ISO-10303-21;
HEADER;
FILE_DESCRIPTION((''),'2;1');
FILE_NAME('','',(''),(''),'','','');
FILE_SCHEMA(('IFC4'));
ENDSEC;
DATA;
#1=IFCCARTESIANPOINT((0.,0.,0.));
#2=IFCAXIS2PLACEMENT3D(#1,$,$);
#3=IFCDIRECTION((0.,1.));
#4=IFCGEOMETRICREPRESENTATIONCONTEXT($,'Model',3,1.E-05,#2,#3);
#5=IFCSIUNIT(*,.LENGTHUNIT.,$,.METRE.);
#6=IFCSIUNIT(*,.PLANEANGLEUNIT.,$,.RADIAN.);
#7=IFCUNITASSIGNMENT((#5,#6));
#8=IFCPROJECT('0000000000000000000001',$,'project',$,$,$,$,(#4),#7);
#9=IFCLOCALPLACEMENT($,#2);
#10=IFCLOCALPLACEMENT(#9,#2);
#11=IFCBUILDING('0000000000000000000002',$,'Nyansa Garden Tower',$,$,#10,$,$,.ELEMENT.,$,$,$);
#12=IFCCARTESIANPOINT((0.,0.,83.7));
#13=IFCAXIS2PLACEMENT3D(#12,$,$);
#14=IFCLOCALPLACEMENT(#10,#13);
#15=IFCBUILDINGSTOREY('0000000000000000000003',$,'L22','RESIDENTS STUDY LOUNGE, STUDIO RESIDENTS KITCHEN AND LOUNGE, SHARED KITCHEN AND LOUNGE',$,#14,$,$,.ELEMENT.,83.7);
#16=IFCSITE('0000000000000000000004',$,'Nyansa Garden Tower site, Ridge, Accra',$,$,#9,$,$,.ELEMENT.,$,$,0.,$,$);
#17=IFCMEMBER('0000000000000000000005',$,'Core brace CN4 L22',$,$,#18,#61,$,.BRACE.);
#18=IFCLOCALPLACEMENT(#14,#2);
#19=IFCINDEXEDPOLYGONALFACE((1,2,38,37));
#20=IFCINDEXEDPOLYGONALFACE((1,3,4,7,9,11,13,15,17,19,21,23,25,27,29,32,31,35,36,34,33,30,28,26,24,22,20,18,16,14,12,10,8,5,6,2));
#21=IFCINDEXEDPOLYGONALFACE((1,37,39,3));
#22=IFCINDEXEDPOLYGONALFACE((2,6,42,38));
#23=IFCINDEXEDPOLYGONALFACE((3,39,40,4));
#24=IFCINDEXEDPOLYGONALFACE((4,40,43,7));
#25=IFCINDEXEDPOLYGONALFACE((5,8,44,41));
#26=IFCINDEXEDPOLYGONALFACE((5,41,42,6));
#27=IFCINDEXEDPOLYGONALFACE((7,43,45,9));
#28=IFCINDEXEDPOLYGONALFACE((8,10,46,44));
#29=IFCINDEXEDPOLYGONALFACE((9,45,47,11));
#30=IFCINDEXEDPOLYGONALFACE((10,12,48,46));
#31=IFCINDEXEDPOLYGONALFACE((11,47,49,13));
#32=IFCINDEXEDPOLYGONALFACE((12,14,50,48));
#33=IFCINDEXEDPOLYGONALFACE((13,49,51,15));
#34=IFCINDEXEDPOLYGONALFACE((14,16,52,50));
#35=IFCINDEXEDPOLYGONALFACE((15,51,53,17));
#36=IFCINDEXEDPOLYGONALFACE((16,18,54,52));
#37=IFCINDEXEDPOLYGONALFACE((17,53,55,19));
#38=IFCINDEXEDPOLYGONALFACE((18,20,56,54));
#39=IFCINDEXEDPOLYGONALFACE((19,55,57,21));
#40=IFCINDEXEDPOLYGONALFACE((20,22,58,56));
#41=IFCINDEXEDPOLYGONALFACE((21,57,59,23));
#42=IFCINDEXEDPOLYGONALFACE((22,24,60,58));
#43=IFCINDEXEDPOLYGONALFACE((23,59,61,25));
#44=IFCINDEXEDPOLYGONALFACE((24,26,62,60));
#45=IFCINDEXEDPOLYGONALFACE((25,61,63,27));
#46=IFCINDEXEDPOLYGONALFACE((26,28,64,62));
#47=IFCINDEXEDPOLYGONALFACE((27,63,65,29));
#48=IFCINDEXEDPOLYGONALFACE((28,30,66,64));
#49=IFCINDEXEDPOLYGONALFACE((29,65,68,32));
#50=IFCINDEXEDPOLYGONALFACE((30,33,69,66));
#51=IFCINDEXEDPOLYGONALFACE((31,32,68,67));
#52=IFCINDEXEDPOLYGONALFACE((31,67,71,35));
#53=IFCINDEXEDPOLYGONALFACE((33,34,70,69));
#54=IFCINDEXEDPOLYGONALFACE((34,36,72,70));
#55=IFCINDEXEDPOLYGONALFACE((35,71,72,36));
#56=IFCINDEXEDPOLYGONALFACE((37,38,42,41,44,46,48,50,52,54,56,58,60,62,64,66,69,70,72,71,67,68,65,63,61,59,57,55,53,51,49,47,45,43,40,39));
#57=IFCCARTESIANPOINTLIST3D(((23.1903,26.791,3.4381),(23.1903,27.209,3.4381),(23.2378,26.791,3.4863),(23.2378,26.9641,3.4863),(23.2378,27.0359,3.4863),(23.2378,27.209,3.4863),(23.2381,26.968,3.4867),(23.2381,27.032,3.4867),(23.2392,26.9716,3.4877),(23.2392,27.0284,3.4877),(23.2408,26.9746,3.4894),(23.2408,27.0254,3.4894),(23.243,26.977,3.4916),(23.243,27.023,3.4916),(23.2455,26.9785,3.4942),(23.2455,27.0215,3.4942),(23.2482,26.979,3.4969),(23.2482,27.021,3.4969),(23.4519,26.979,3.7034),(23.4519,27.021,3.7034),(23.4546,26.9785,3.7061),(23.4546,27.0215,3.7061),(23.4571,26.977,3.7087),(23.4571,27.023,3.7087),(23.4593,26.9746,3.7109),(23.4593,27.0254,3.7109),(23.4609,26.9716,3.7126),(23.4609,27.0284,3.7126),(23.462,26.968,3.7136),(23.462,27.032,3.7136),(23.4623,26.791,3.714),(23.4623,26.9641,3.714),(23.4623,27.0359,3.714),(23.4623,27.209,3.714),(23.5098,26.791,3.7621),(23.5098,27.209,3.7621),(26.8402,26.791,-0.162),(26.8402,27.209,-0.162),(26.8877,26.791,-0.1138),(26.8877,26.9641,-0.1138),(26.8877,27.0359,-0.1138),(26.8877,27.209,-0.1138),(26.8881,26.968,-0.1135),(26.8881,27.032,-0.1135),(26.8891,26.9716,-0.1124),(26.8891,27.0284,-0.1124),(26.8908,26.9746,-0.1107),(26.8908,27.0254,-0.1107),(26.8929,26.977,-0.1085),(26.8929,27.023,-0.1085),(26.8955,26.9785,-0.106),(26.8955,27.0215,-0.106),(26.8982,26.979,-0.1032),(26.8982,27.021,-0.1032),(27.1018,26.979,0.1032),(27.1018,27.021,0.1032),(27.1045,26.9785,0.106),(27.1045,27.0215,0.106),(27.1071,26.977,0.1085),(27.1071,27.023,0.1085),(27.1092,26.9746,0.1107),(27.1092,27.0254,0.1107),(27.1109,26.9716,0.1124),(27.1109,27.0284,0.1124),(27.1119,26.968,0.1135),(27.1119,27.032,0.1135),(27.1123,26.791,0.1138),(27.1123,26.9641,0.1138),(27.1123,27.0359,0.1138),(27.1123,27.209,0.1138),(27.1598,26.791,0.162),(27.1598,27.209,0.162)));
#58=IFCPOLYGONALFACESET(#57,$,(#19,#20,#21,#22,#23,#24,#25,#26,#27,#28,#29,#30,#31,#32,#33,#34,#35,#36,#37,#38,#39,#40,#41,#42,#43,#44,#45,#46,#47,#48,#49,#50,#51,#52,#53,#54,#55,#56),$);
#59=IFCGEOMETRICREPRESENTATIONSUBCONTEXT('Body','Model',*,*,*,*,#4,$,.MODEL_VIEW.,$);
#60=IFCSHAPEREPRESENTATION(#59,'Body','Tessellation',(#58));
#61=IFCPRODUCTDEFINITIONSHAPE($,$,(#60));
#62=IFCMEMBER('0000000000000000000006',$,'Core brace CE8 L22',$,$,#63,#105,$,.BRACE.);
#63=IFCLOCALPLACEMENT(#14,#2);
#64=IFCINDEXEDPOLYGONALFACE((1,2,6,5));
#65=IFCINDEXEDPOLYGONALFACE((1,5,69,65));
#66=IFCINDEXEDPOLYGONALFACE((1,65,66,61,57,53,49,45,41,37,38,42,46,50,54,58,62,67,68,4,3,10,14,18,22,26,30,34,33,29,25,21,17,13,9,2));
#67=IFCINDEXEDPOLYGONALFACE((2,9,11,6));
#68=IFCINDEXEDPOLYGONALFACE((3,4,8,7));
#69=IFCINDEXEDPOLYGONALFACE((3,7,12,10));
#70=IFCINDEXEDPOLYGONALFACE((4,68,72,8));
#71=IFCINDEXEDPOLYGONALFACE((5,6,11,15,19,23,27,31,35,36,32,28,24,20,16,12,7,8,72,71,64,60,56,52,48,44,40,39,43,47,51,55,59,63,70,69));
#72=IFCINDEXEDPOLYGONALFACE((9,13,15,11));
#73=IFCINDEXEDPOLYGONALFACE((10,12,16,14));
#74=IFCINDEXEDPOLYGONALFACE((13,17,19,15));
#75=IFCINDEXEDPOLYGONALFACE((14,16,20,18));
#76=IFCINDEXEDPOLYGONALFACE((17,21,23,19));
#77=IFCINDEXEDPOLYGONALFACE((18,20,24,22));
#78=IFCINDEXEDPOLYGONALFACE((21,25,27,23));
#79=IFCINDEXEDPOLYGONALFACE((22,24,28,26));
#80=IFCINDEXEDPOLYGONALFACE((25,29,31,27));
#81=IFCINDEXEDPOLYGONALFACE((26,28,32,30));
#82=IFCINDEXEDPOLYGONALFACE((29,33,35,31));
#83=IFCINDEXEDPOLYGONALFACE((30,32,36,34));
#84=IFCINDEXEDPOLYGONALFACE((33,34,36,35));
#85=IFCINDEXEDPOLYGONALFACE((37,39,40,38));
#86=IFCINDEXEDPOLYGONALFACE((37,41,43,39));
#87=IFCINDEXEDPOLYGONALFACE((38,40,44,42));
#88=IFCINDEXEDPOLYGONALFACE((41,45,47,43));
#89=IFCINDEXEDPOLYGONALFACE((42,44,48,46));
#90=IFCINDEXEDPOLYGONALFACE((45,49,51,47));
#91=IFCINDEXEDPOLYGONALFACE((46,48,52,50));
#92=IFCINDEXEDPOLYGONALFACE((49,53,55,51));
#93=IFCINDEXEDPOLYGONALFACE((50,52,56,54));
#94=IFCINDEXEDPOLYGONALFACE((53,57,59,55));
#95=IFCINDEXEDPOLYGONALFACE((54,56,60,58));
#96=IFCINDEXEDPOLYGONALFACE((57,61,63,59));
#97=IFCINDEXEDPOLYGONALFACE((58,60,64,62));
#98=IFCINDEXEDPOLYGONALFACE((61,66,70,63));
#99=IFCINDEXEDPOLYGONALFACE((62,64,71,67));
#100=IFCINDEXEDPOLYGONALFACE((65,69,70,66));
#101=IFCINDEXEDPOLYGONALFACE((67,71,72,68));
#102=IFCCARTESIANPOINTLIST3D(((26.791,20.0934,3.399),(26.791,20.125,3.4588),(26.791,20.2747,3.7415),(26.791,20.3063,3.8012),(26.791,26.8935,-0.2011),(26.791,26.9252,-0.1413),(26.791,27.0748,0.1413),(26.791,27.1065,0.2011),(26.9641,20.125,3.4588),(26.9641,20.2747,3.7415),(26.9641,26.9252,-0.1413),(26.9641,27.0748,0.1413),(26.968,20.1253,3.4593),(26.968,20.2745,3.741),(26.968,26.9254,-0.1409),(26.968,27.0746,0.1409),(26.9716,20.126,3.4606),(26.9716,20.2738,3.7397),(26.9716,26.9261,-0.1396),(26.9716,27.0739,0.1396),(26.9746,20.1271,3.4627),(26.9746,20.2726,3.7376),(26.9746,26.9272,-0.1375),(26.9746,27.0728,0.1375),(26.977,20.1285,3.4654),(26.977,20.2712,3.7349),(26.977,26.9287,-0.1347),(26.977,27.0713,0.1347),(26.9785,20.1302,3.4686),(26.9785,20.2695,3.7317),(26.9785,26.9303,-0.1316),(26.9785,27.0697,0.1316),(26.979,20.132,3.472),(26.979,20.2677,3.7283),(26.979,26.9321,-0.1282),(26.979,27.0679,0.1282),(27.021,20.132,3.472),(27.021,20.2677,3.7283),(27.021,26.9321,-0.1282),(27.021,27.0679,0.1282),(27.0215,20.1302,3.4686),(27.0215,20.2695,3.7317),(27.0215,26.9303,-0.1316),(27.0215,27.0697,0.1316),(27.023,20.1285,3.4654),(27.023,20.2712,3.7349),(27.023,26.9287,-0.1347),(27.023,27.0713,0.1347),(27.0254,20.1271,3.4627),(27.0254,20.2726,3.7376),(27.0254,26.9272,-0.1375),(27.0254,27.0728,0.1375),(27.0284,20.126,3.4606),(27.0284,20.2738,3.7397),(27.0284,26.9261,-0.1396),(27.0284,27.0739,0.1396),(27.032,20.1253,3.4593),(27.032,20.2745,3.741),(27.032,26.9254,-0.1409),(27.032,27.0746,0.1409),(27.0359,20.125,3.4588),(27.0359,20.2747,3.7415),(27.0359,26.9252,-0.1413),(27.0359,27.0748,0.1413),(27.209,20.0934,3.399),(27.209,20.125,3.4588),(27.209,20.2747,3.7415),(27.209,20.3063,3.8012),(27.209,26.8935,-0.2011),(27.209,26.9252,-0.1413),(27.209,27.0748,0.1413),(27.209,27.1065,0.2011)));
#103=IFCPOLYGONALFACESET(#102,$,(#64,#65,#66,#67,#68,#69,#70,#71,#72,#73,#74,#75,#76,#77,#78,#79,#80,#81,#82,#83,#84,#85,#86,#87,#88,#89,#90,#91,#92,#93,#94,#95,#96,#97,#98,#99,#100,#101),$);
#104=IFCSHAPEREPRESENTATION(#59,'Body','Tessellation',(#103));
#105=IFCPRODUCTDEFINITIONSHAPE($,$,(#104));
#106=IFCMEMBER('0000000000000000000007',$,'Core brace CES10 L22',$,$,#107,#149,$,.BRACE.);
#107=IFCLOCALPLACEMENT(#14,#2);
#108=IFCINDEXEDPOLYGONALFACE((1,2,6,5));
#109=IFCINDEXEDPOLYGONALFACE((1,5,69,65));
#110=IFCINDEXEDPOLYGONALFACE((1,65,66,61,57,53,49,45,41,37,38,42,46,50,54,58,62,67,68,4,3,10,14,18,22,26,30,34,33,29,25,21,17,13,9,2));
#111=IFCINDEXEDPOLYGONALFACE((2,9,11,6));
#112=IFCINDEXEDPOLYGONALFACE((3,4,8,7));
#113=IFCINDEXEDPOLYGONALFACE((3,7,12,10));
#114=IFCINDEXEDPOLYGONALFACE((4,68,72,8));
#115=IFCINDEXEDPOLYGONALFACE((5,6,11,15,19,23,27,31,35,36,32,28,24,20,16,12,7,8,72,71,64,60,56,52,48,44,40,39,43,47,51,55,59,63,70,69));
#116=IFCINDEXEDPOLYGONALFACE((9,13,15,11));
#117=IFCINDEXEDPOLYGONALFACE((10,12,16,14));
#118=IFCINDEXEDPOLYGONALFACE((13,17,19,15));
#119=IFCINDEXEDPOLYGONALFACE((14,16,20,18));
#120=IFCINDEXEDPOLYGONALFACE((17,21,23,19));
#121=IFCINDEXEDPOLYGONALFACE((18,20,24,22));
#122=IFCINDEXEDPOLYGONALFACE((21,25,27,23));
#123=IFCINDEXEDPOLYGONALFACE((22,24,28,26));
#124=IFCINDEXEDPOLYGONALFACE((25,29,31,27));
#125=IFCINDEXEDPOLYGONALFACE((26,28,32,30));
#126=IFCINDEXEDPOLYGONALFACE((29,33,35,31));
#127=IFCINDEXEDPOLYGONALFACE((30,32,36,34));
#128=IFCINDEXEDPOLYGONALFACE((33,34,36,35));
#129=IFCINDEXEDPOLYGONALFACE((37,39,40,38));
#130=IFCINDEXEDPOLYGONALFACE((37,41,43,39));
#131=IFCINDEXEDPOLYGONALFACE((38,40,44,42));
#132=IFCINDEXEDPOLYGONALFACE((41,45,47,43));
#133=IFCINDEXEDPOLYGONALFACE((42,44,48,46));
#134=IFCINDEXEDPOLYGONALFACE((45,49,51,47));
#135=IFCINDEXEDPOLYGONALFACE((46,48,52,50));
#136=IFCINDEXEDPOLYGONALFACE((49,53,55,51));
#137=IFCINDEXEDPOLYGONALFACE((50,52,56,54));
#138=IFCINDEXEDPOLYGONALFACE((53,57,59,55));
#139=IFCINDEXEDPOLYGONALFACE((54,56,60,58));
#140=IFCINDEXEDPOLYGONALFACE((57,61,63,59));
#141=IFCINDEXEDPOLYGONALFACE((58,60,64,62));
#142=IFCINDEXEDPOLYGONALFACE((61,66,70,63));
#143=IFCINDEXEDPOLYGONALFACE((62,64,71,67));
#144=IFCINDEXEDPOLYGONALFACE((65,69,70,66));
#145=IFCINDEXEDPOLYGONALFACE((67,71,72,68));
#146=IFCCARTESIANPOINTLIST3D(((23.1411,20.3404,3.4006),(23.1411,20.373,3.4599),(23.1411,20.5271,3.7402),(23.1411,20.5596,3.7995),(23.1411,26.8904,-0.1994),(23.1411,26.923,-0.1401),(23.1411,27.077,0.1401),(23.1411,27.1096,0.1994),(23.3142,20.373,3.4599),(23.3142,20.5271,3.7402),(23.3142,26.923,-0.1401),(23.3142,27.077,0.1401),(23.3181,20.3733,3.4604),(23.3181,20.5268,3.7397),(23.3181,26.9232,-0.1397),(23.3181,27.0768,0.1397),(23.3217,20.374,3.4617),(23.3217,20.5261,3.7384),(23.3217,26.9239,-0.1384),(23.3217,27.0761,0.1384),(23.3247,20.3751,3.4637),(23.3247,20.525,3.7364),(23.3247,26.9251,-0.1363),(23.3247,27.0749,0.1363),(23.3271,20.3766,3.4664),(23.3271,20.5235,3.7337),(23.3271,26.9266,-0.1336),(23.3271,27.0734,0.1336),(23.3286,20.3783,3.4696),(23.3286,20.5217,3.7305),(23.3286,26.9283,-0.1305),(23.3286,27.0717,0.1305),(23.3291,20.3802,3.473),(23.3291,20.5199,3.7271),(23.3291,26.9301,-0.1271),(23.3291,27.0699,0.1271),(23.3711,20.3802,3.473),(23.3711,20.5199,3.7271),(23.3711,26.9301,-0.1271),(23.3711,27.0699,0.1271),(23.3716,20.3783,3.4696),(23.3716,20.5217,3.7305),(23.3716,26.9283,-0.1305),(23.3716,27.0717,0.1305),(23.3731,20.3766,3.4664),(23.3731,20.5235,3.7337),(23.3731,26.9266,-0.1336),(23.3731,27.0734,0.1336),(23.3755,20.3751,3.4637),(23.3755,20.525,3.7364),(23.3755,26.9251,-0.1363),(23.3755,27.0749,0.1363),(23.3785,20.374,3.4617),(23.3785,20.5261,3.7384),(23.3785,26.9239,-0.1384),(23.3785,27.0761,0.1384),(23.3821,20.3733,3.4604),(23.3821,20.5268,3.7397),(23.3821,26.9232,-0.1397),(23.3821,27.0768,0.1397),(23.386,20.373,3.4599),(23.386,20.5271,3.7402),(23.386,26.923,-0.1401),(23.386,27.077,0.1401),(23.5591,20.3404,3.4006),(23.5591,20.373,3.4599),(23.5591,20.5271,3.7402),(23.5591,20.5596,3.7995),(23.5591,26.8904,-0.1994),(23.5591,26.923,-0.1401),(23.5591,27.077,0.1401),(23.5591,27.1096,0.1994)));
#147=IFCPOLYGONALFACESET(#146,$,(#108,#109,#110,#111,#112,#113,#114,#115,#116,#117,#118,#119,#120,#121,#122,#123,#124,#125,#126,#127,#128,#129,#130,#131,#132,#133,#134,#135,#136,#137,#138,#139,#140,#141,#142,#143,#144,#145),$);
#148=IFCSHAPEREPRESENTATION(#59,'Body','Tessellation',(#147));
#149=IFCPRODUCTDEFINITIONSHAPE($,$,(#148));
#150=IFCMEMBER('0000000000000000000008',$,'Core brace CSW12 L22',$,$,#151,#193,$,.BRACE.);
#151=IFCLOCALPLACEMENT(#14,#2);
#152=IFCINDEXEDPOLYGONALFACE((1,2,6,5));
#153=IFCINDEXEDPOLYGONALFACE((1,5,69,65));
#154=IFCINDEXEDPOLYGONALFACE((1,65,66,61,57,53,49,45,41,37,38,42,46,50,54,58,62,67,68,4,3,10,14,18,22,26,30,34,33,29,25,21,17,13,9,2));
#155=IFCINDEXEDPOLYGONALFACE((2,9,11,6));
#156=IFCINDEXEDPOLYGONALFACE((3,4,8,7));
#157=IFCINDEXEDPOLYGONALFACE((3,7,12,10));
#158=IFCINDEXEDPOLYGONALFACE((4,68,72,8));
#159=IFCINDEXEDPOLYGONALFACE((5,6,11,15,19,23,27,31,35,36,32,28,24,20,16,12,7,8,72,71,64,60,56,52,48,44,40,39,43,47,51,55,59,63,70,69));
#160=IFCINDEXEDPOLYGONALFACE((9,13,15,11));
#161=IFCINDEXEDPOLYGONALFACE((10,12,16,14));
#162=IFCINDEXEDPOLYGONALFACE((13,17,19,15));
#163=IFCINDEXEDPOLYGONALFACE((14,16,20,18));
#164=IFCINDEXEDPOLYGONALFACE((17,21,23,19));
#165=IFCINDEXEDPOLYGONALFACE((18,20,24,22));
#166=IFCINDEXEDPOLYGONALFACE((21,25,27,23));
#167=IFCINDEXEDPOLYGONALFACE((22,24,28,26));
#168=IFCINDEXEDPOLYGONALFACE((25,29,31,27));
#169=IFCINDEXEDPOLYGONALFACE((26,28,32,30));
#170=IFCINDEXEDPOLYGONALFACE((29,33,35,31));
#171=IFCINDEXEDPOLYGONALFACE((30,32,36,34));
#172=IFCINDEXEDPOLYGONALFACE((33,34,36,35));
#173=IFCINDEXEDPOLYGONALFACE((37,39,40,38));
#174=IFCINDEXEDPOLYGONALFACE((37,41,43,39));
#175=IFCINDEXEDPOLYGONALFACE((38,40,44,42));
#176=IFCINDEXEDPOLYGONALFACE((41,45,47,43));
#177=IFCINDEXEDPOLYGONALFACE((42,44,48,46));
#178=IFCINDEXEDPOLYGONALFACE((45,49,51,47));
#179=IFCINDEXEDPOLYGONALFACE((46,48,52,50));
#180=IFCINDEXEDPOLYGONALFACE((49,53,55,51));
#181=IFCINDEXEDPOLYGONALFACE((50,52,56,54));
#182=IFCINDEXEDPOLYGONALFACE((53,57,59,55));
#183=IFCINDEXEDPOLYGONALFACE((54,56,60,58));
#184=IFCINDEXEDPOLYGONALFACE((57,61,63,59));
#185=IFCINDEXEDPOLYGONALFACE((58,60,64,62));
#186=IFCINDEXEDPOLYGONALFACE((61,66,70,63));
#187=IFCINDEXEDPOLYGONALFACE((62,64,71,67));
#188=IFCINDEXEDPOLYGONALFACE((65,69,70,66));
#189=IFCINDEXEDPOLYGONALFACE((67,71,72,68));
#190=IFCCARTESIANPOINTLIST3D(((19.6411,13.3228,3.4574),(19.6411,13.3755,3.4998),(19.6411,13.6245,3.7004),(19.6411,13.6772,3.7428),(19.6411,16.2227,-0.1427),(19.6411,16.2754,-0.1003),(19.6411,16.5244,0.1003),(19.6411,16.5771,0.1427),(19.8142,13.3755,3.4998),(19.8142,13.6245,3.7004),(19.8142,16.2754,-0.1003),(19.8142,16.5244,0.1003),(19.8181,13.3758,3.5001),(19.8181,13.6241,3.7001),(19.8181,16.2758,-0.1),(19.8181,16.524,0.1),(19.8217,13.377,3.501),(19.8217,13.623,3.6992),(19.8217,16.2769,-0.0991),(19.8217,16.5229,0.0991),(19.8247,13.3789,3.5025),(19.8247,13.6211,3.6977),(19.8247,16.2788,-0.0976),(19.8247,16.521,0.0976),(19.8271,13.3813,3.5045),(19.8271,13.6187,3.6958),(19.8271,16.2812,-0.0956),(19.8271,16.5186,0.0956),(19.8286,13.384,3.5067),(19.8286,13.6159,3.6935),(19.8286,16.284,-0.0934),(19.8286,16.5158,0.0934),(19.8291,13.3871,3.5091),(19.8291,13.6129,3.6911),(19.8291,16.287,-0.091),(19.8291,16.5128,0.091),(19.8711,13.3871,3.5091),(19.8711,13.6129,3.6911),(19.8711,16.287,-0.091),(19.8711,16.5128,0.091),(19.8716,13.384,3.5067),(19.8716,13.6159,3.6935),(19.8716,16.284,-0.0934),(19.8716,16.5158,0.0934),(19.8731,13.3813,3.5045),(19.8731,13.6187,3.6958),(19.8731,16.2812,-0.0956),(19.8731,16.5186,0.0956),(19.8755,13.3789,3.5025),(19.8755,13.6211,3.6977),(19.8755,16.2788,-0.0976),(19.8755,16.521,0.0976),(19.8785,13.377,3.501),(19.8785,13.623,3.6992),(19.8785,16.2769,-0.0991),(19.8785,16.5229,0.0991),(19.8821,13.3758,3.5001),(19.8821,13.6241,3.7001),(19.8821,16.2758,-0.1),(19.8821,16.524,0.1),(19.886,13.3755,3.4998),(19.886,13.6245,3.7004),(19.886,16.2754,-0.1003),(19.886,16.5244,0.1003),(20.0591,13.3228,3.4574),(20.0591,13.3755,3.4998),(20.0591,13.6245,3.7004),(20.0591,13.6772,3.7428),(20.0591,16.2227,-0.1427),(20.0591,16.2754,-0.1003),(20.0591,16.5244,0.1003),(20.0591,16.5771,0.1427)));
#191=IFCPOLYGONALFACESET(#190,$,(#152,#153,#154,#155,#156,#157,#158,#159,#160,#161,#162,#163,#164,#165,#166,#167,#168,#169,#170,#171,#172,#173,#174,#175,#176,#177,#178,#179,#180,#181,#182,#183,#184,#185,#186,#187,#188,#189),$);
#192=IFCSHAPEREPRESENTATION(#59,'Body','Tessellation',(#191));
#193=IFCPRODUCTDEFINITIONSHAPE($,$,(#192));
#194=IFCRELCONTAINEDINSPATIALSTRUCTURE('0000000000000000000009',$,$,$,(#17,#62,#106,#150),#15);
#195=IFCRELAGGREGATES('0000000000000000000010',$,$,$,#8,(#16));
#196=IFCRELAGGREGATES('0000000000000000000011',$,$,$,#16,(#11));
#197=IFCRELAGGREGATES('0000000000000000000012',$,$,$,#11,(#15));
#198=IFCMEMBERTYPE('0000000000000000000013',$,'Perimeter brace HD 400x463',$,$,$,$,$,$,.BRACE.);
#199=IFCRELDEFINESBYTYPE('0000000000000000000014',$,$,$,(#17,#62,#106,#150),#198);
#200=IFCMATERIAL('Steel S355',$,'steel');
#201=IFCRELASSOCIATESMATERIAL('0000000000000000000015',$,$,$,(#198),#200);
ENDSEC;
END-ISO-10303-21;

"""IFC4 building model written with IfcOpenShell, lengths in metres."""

from ifc_helpers import new_model, si_unit, direction, frame, origin, origin_2d, place, context, subcontext, project, spatial, i_section, extrude, material, material_profile, profile_set, type_object, element, save


model = new_model("IFC4")

# Units and contexts
model_context = context("Model", 3, precision=1e-05, world=origin(), true_north=direction((0.0, 1.0)))
body_context = subcontext(model_context, "Body", "Model", "MODEL_VIEW")
ifc_project = project(units=[si_unit("LENGTHUNIT", "METRE"), si_unit("PLANEANGLEUNIT", "RADIAN")], contexts=[model_context])

# Site, building, storey
site_placement = place(None, origin())
site = spatial("IfcSite", under=ifc_project, at=site_placement, Name="Nyansa Garden Tower site, Ridge, Accra", CompositionType="ELEMENT", RefElevation=0.0)
building_placement = place(site_placement, origin())
building = spatial("IfcBuilding", under=site, at=building_placement, Name="Nyansa Garden Tower", CompositionType="ELEMENT")
storey_placement = place(building_placement, frame((0.0, 0.0, 83.7)))
storey = spatial("IfcBuildingStorey", under=building, at=storey_placement, Name="L22", Description="RESIDENTS STUDY LOUNGE, STUDIO RESIDENTS KITCHEN AND LOUNGE, SHARED KITCHEN AND LOUNGE", CompositionType="ELEMENT", Elevation=83.7)

# Members
ifc_material_1 = material(Name="Steel S355", Category="steel")
ifc_material_profile_1 = material_profile(ifc_material_1, i_section(OverallWidth=0.418, OverallDepth=0.4551, WebThickness=0.042, FlangeThickness=0.0676, FilletRadius=0.0149, at=origin_2d()), Name="HD 400x463")
ifc_profile_set_1 = profile_set([ifc_material_profile_1], Name="Steel S355")
member_type = type_object("IfcMemberType", Name="Perimeter brace HD 400x463", PredefinedType="BRACE", material=ifc_profile_set_1)
member_1_placement = place(storey_placement, frame((27.0, 27.0, 0.0), z_axis=(-0.711948, 0.0, 0.702233), x_axis=(0.0, -1.0, 0.0)))
element("IfcMember", 1, at=member_1_placement, inside=storey, type_object=member_type, Name="Core brace CN4 L22", PredefinedType="BRACE", context=body_context, shape_type="SweptSolid", body=[
    extrude(i_section(OverallWidth=0.418, OverallDepth=0.4551, WebThickness=0.042, FlangeThickness=0.0676, FilletRadius=0.0149, at=origin_2d()), origin(), (0.0, 0.0, 1.0), 5.1267),
])
member_2_placement = place(storey_placement, frame((27.0, 27.0, 0.0), z_axis=(0.0, -0.883784, 0.467895), x_axis=(1.0, 0.0, 0.0)))
element("IfcMember", 2, at=member_2_placement, inside=storey, type_object=member_type, Name="Core brace CE8 L22", PredefinedType="BRACE", context=body_context, shape_type="SweptSolid", body=[
    extrude(i_section(OverallWidth=0.418, OverallDepth=0.4551, WebThickness=0.042, FlangeThickness=0.0676, FilletRadius=0.0149, at=origin_2d()), origin(), (0.0, 0.0, 1.0), 7.6943),
])
member_3_placement = place(storey_placement, frame((23.3501, 27.0, 0.0), z_axis=(0.0, -0.876353, 0.481669), x_axis=(1.0, 0.0, 0.0)))
element("IfcMember", 3, at=member_3_placement, inside=storey, type_object=member_type, Name="Core brace CES10 L22", PredefinedType="BRACE", context=body_context, shape_type="SweptSolid", body=[
    extrude(i_section(OverallWidth=0.418, OverallDepth=0.4551, WebThickness=0.042, FlangeThickness=0.0676, FilletRadius=0.0149, at=origin_2d()), origin(), (0.0, 0.0, 1.0), 7.4741),
])
member_4_placement = place(storey_placement, frame((19.8501, 16.3999, 0.0), z_axis=(0.0, -0.627306, 0.778773), x_axis=(1.0, 0.0, 0.0)))
element("IfcMember", 4, at=member_4_placement, inside=storey, type_object=member_type, Name="Core brace CSW12 L22", PredefinedType="BRACE", context=body_context, shape_type="SweptSolid", body=[
    extrude(i_section(OverallWidth=0.418, OverallDepth=0.4551, WebThickness=0.042, FlangeThickness=0.0676, FilletRadius=0.0149, at=origin_2d()), origin(), (0.0, 0.0, 1.0), 4.6228),
])

save(model, "model.ifc")
